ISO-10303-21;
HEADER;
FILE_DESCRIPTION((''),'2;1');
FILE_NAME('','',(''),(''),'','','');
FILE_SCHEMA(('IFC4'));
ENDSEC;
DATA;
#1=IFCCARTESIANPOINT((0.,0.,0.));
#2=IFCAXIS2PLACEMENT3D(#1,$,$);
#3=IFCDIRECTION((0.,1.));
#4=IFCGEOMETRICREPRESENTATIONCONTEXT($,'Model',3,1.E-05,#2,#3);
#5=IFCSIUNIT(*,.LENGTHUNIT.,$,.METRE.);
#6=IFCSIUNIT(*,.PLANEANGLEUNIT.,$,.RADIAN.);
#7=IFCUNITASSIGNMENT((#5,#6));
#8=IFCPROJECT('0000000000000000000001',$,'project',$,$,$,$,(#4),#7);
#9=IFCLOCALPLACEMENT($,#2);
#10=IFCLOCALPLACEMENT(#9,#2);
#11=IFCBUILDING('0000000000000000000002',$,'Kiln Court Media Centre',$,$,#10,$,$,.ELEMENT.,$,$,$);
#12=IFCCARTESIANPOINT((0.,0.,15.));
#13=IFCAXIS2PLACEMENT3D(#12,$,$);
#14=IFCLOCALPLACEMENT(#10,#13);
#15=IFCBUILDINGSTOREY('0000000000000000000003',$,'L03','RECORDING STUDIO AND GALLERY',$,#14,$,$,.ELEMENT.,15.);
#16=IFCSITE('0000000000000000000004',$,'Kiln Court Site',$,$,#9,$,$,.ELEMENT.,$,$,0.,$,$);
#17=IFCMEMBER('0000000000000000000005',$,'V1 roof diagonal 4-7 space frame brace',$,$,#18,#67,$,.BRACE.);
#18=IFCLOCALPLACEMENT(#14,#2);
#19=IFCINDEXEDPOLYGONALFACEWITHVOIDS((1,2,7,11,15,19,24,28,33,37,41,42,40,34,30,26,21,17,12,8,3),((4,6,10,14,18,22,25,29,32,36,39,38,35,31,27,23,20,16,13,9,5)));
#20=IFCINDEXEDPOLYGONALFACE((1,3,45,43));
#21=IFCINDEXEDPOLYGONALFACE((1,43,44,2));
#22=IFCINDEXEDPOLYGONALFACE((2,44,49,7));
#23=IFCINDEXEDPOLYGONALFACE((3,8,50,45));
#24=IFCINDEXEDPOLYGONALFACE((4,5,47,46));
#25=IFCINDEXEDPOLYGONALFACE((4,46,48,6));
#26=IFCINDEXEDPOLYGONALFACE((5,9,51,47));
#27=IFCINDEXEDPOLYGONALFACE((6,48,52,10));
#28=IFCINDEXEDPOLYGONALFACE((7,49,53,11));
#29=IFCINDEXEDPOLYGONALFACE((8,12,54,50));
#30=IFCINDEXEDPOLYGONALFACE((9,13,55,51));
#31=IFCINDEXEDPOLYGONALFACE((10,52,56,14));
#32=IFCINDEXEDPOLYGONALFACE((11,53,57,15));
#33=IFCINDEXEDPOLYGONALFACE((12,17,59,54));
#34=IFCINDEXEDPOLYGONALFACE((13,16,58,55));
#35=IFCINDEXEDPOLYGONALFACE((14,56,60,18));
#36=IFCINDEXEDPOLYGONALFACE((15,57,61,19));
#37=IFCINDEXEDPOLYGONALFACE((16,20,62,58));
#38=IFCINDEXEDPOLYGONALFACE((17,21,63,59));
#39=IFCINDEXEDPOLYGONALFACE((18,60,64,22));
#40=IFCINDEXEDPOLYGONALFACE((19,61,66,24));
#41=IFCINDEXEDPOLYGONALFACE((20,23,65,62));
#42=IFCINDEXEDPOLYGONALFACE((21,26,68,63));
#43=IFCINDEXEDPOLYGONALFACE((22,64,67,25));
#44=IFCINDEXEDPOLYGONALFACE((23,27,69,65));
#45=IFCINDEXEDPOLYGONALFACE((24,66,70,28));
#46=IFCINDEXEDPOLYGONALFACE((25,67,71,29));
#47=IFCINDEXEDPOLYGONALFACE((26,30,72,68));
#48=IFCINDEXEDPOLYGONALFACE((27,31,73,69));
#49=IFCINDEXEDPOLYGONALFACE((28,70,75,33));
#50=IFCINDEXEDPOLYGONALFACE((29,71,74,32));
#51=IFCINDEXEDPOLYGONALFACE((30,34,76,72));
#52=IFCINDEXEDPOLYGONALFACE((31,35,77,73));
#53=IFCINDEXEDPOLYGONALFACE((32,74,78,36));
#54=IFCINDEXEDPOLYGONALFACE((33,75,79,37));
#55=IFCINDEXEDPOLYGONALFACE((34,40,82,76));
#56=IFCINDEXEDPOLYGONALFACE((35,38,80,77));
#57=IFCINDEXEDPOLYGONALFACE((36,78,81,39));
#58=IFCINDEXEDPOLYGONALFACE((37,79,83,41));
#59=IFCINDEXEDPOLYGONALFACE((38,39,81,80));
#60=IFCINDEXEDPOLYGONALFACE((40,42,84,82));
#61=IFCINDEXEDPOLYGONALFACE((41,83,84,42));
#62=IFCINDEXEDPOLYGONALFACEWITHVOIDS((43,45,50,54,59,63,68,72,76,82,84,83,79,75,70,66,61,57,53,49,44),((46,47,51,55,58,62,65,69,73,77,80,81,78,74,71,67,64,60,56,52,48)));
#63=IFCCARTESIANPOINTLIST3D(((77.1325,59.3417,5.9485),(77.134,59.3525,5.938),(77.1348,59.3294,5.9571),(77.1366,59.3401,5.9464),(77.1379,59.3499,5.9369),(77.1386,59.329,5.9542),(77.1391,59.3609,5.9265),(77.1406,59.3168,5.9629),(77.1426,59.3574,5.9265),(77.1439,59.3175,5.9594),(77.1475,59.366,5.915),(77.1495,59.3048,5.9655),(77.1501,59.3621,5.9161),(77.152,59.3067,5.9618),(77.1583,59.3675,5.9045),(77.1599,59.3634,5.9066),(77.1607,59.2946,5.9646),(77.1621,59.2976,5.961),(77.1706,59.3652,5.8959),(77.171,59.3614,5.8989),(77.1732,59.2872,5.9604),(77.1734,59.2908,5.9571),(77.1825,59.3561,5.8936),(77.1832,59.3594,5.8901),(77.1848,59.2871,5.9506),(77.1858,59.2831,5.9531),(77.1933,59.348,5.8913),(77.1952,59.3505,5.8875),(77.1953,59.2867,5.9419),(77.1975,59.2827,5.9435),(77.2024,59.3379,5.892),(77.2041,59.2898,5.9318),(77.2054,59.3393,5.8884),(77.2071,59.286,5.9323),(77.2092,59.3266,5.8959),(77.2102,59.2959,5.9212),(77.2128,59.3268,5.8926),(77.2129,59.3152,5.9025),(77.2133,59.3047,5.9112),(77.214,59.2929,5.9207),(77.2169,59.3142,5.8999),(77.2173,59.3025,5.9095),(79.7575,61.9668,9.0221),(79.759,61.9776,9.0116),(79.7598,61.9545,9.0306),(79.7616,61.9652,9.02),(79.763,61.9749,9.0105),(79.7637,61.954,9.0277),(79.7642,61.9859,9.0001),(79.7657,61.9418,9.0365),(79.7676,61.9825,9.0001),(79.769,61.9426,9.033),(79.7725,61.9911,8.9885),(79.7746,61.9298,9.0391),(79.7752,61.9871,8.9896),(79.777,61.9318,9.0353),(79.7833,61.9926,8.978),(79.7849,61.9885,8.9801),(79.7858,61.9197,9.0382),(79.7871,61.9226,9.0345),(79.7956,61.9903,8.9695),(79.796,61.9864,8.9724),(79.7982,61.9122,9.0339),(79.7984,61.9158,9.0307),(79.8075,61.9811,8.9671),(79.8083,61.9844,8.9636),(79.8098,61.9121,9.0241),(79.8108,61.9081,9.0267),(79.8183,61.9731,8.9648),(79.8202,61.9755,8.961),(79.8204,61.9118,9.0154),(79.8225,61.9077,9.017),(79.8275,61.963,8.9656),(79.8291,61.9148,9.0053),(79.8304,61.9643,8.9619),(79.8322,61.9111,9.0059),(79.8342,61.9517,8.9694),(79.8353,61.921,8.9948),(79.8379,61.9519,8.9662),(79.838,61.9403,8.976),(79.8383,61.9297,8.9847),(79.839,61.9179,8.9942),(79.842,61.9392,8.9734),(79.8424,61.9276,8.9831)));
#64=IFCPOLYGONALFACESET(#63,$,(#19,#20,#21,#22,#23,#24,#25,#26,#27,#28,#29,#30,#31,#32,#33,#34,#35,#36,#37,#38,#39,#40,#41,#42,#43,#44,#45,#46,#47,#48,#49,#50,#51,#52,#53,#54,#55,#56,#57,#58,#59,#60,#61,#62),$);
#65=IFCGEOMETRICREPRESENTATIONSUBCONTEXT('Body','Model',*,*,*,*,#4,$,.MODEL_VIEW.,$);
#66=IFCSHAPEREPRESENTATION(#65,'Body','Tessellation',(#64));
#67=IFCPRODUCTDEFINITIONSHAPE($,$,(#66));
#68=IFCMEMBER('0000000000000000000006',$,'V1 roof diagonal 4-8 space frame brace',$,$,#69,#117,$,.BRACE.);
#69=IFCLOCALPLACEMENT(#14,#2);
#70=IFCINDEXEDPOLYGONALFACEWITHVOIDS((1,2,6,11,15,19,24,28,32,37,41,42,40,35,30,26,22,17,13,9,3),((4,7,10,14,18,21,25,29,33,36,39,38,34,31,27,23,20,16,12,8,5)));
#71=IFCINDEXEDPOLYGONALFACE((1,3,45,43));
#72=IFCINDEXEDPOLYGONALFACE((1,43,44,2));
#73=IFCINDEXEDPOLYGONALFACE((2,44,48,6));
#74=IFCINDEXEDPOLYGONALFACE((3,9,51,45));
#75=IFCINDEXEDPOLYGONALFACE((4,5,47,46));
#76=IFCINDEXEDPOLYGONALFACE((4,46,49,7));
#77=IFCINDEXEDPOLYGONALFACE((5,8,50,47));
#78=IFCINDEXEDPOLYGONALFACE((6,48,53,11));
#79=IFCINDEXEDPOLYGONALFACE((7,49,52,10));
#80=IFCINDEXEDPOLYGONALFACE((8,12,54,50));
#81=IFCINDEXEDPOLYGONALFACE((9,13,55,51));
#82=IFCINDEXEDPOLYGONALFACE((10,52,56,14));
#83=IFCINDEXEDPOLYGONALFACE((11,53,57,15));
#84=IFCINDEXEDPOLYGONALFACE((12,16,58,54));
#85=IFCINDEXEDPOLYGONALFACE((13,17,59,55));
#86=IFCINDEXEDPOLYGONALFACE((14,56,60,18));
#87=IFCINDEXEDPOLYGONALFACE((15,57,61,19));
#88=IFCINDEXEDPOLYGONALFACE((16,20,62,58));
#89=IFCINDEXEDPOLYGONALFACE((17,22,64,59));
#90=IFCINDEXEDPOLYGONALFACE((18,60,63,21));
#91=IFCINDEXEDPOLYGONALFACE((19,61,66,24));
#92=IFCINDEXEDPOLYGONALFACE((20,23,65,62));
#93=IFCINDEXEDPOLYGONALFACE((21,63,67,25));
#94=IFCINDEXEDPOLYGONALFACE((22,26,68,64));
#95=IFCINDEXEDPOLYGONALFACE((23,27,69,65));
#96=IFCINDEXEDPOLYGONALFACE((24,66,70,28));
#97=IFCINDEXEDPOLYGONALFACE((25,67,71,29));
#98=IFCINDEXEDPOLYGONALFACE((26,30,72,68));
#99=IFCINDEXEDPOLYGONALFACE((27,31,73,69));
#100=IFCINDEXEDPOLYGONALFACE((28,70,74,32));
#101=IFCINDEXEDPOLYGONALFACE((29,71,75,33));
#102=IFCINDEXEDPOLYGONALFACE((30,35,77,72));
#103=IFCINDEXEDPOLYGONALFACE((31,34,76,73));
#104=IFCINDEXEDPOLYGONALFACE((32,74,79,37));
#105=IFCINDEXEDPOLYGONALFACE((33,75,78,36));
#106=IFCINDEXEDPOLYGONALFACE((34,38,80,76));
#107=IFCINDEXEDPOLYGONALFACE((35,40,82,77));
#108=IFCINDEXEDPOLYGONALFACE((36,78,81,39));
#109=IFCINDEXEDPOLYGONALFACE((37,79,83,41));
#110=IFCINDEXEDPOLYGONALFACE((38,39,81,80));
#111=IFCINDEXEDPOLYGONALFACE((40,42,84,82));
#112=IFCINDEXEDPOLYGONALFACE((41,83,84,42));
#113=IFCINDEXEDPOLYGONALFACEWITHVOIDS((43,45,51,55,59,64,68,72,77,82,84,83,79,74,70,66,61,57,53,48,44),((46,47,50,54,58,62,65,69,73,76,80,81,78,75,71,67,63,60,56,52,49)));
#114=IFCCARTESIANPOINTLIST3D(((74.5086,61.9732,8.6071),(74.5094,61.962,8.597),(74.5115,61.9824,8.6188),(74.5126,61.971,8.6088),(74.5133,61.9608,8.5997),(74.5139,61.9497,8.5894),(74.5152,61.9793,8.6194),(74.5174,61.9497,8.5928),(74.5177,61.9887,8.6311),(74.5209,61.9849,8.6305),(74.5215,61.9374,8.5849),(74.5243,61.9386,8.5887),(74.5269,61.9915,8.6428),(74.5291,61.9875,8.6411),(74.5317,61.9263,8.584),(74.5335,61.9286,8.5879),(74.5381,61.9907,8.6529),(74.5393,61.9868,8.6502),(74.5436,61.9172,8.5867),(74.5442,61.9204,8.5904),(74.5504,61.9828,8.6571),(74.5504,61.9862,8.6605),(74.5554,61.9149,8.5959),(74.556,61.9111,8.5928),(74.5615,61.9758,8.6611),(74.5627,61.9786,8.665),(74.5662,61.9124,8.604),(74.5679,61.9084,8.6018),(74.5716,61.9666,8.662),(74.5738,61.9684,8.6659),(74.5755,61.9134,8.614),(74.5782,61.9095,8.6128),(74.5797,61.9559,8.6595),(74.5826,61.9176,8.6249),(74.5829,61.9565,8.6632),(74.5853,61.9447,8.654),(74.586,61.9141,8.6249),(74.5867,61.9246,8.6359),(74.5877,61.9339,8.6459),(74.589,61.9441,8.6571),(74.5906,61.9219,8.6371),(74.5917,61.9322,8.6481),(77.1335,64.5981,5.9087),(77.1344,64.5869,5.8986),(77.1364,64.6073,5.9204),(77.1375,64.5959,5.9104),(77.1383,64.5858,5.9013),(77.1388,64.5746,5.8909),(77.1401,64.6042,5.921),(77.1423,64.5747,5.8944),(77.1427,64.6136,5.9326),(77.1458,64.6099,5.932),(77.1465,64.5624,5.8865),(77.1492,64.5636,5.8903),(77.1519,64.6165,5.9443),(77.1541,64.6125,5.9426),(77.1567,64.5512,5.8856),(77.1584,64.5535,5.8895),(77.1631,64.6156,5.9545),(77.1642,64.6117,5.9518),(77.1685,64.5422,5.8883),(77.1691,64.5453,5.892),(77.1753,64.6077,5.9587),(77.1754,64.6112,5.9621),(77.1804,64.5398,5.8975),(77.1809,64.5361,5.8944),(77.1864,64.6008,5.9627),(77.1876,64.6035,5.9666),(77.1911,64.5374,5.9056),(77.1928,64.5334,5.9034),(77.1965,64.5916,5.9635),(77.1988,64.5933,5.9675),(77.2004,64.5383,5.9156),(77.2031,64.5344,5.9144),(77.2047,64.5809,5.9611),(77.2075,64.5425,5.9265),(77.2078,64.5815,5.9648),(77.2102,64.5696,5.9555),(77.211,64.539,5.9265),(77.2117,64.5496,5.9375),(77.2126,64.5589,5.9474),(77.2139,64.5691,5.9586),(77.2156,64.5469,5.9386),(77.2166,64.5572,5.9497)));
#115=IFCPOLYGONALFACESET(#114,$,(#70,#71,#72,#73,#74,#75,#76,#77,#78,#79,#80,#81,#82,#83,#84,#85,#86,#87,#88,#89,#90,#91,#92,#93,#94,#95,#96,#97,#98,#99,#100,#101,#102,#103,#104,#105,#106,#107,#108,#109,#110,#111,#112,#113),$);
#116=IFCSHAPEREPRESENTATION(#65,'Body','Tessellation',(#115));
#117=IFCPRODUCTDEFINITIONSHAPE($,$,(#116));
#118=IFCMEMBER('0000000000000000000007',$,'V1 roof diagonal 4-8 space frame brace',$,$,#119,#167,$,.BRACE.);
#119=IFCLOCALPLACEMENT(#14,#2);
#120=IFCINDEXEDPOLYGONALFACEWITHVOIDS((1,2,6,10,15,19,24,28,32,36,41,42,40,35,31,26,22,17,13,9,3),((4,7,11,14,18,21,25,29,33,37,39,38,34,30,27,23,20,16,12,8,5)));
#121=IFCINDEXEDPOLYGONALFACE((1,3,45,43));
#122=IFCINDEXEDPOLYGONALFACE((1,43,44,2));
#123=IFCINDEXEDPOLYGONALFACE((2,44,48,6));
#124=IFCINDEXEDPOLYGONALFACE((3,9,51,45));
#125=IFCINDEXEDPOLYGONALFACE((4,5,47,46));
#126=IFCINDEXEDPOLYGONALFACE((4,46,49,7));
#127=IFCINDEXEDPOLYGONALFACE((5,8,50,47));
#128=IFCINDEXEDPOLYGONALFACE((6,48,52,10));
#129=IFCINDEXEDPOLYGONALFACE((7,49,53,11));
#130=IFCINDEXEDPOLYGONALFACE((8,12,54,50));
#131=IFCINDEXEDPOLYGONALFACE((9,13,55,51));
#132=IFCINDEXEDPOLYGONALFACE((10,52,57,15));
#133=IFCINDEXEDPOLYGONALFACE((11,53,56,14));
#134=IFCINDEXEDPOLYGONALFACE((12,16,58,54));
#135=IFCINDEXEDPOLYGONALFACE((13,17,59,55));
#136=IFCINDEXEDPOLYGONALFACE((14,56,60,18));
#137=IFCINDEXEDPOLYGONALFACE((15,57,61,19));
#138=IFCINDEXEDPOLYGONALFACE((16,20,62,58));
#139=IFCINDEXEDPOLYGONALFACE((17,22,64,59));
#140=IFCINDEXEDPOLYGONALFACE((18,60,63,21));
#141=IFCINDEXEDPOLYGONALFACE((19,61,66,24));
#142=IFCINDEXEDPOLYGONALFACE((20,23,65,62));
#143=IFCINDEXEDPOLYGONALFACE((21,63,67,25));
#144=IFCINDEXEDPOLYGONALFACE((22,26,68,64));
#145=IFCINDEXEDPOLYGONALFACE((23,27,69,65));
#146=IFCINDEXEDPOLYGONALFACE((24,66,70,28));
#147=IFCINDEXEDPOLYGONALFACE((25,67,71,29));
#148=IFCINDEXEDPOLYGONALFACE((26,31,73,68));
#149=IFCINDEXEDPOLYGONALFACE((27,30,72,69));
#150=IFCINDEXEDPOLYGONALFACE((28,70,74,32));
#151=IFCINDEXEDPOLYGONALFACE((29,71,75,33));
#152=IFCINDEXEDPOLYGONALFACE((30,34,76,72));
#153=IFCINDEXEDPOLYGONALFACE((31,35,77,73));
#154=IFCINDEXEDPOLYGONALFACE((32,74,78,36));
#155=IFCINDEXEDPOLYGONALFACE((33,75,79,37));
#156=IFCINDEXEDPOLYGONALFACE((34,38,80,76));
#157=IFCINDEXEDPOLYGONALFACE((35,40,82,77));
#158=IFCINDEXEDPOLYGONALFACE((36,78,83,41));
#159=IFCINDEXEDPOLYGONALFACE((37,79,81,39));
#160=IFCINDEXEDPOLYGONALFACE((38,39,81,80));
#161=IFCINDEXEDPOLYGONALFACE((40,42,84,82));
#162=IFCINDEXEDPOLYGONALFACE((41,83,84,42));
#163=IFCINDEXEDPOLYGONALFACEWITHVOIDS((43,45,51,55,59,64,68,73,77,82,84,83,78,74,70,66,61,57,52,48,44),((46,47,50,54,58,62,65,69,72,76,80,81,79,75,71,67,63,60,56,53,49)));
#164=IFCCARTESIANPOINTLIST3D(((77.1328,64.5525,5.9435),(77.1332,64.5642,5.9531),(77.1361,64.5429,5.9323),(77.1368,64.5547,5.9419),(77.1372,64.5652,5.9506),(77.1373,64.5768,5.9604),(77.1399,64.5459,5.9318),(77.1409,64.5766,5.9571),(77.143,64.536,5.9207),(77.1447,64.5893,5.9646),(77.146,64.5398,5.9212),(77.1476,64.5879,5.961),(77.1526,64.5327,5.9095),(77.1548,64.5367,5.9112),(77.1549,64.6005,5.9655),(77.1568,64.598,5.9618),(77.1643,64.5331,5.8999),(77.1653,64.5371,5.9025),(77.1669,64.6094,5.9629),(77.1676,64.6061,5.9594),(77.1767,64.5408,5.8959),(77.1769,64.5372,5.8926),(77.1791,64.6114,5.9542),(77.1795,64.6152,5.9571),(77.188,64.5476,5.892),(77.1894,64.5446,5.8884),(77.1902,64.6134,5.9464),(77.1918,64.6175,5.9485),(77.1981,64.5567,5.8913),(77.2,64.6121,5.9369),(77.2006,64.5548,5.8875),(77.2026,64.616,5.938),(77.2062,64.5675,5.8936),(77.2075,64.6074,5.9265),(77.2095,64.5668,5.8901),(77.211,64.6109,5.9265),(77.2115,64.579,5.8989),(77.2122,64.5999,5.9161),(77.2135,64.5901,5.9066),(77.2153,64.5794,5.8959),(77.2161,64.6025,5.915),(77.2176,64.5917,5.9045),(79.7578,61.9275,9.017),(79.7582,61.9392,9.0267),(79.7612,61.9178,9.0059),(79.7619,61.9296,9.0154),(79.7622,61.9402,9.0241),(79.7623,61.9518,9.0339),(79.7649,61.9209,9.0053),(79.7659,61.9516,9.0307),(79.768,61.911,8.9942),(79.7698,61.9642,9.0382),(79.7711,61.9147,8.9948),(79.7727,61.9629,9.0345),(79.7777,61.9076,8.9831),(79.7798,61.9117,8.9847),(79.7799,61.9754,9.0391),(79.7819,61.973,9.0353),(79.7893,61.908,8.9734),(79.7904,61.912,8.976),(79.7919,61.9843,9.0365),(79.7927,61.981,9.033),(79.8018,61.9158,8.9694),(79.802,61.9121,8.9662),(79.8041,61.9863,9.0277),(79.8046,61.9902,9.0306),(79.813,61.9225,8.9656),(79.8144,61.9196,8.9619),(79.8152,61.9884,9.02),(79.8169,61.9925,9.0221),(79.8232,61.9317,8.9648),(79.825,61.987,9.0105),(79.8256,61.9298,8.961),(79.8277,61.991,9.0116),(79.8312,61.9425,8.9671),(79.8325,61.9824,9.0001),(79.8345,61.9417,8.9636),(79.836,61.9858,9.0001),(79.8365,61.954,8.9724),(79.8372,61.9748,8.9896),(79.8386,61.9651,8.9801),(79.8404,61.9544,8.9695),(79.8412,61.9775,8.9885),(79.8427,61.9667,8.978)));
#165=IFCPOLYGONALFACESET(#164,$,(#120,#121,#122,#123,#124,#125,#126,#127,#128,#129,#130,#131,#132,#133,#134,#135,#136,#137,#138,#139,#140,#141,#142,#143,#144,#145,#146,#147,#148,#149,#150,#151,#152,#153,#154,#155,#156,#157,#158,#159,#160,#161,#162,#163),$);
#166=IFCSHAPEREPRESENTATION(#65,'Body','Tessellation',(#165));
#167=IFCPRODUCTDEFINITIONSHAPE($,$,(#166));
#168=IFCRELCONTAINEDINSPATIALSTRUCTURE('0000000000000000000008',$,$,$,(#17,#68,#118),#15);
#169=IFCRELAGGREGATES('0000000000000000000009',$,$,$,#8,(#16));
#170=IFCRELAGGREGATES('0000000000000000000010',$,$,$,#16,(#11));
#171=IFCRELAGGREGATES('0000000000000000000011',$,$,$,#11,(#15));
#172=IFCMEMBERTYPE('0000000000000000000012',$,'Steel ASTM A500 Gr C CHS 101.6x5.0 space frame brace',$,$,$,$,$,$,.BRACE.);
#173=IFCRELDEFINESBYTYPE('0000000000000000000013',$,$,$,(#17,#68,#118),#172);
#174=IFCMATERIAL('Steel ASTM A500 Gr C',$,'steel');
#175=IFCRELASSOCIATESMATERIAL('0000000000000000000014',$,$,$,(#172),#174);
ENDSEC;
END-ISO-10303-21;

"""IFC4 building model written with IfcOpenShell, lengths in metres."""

from ifc_helpers import new_model, si_unit, direction, frame, origin, origin_2d, place, context, subcontext, project, spatial, hollow_circle, extrude, material, material_profile, profile_set, type_object, element, save


model = new_model("IFC4")

# Units and contexts
model_context = context("Model", 3, precision=1e-05, world=origin(), true_north=direction((0.0, 1.0)))
body_context = subcontext(model_context, "Body", "Model", "MODEL_VIEW")
ifc_project = project(units=[si_unit("LENGTHUNIT", "METRE"), si_unit("PLANEANGLEUNIT", "RADIAN")], contexts=[model_context])

# Site, building, storey
site_placement = place(None, origin())
site = spatial("IfcSite", under=ifc_project, at=site_placement, Name="Kiln Court Site", CompositionType="ELEMENT", RefElevation=0.0)
building_placement = place(site_placement, origin())
building = spatial("IfcBuilding", under=site, at=building_placement, Name="Kiln Court Media Centre", CompositionType="ELEMENT")
storey_placement = place(building_placement, frame((0.0, 0.0, 15.0)))
storey = spatial("IfcBuildingStorey", under=building, at=storey_placement, Name="L03", Description="RECORDING STUDIO AND GALLERY", CompositionType="ELEMENT", Elevation=15.0)

# Members
ifc_material_1 = material(Name="Steel ASTM A500 Gr C", Category="steel")
ifc_material_profile_1 = material_profile(ifc_material_1, hollow_circle(Radius=0.0508, WallThickness=0.0049, at=origin_2d()), Name="CHS 101.6x5.0")
ifc_profile_set_1 = profile_set([ifc_material_profile_1], Name="Steel ASTM A500 Gr C")
member_type_1 = type_object("IfcMemberType", Name="Steel ASTM A500 Gr C CHS 101.6x5.0 space frame brace", PredefinedType="BRACE", material=ifc_profile_set_1)
member_1_placement = place(storey_placement, frame((77.175, 59.325, 5.9265), z_axis=(0.544662, 0.544662, 0.637719), x_axis=(-0.707107, 0.707107, 0.0)))
element("IfcMember", 1, at=member_1_placement, inside=storey, type_object=member_type_1, Name="V1 roof diagonal 4-7 space frame brace", PredefinedType="BRACE", context=body_context, shape_type="SweptSolid", body=[
    extrude(hollow_circle(Radius=0.0508, WallThickness=0.0049, at=origin_2d()), origin(), (0.0, 0.0, 1.0), 4.8196),
])
member_2_placement = place(storey_placement, frame((77.175, 64.575, 5.9265), z_axis=(-0.571964, -0.571964, 0.587976), x_axis=(0.707107, -0.707107, 0.0)))
element("IfcMember", 2, at=member_2_placement, inside=storey, type_object=member_type_1, Name="V1 roof diagonal 4-8 space frame brace", PredefinedType="BRACE", context=body_context, shape_type="SweptSolid", body=[
    extrude(hollow_circle(Radius=0.0508, WallThickness=0.0049, at=origin_2d()), origin(), (0.0, 0.0, 1.0), 4.5894),
])
member_3_placement = place(storey_placement, frame((77.175, 64.575, 5.9265), z_axis=(0.544662, -0.544662, 0.637719), x_axis=(0.707107, 0.707107, 0.0)))
element("IfcMember", 3, at=member_3_placement, inside=storey, type_object=member_type_1, Name="V1 roof diagonal 4-8 space frame brace", PredefinedType="BRACE", context=body_context, shape_type="SweptSolid", body=[
    extrude(hollow_circle(Radius=0.0508, WallThickness=0.0049, at=origin_2d()), origin(), (0.0, 0.0, 1.0), 4.8196),
])

save(model, "model.ifc")
